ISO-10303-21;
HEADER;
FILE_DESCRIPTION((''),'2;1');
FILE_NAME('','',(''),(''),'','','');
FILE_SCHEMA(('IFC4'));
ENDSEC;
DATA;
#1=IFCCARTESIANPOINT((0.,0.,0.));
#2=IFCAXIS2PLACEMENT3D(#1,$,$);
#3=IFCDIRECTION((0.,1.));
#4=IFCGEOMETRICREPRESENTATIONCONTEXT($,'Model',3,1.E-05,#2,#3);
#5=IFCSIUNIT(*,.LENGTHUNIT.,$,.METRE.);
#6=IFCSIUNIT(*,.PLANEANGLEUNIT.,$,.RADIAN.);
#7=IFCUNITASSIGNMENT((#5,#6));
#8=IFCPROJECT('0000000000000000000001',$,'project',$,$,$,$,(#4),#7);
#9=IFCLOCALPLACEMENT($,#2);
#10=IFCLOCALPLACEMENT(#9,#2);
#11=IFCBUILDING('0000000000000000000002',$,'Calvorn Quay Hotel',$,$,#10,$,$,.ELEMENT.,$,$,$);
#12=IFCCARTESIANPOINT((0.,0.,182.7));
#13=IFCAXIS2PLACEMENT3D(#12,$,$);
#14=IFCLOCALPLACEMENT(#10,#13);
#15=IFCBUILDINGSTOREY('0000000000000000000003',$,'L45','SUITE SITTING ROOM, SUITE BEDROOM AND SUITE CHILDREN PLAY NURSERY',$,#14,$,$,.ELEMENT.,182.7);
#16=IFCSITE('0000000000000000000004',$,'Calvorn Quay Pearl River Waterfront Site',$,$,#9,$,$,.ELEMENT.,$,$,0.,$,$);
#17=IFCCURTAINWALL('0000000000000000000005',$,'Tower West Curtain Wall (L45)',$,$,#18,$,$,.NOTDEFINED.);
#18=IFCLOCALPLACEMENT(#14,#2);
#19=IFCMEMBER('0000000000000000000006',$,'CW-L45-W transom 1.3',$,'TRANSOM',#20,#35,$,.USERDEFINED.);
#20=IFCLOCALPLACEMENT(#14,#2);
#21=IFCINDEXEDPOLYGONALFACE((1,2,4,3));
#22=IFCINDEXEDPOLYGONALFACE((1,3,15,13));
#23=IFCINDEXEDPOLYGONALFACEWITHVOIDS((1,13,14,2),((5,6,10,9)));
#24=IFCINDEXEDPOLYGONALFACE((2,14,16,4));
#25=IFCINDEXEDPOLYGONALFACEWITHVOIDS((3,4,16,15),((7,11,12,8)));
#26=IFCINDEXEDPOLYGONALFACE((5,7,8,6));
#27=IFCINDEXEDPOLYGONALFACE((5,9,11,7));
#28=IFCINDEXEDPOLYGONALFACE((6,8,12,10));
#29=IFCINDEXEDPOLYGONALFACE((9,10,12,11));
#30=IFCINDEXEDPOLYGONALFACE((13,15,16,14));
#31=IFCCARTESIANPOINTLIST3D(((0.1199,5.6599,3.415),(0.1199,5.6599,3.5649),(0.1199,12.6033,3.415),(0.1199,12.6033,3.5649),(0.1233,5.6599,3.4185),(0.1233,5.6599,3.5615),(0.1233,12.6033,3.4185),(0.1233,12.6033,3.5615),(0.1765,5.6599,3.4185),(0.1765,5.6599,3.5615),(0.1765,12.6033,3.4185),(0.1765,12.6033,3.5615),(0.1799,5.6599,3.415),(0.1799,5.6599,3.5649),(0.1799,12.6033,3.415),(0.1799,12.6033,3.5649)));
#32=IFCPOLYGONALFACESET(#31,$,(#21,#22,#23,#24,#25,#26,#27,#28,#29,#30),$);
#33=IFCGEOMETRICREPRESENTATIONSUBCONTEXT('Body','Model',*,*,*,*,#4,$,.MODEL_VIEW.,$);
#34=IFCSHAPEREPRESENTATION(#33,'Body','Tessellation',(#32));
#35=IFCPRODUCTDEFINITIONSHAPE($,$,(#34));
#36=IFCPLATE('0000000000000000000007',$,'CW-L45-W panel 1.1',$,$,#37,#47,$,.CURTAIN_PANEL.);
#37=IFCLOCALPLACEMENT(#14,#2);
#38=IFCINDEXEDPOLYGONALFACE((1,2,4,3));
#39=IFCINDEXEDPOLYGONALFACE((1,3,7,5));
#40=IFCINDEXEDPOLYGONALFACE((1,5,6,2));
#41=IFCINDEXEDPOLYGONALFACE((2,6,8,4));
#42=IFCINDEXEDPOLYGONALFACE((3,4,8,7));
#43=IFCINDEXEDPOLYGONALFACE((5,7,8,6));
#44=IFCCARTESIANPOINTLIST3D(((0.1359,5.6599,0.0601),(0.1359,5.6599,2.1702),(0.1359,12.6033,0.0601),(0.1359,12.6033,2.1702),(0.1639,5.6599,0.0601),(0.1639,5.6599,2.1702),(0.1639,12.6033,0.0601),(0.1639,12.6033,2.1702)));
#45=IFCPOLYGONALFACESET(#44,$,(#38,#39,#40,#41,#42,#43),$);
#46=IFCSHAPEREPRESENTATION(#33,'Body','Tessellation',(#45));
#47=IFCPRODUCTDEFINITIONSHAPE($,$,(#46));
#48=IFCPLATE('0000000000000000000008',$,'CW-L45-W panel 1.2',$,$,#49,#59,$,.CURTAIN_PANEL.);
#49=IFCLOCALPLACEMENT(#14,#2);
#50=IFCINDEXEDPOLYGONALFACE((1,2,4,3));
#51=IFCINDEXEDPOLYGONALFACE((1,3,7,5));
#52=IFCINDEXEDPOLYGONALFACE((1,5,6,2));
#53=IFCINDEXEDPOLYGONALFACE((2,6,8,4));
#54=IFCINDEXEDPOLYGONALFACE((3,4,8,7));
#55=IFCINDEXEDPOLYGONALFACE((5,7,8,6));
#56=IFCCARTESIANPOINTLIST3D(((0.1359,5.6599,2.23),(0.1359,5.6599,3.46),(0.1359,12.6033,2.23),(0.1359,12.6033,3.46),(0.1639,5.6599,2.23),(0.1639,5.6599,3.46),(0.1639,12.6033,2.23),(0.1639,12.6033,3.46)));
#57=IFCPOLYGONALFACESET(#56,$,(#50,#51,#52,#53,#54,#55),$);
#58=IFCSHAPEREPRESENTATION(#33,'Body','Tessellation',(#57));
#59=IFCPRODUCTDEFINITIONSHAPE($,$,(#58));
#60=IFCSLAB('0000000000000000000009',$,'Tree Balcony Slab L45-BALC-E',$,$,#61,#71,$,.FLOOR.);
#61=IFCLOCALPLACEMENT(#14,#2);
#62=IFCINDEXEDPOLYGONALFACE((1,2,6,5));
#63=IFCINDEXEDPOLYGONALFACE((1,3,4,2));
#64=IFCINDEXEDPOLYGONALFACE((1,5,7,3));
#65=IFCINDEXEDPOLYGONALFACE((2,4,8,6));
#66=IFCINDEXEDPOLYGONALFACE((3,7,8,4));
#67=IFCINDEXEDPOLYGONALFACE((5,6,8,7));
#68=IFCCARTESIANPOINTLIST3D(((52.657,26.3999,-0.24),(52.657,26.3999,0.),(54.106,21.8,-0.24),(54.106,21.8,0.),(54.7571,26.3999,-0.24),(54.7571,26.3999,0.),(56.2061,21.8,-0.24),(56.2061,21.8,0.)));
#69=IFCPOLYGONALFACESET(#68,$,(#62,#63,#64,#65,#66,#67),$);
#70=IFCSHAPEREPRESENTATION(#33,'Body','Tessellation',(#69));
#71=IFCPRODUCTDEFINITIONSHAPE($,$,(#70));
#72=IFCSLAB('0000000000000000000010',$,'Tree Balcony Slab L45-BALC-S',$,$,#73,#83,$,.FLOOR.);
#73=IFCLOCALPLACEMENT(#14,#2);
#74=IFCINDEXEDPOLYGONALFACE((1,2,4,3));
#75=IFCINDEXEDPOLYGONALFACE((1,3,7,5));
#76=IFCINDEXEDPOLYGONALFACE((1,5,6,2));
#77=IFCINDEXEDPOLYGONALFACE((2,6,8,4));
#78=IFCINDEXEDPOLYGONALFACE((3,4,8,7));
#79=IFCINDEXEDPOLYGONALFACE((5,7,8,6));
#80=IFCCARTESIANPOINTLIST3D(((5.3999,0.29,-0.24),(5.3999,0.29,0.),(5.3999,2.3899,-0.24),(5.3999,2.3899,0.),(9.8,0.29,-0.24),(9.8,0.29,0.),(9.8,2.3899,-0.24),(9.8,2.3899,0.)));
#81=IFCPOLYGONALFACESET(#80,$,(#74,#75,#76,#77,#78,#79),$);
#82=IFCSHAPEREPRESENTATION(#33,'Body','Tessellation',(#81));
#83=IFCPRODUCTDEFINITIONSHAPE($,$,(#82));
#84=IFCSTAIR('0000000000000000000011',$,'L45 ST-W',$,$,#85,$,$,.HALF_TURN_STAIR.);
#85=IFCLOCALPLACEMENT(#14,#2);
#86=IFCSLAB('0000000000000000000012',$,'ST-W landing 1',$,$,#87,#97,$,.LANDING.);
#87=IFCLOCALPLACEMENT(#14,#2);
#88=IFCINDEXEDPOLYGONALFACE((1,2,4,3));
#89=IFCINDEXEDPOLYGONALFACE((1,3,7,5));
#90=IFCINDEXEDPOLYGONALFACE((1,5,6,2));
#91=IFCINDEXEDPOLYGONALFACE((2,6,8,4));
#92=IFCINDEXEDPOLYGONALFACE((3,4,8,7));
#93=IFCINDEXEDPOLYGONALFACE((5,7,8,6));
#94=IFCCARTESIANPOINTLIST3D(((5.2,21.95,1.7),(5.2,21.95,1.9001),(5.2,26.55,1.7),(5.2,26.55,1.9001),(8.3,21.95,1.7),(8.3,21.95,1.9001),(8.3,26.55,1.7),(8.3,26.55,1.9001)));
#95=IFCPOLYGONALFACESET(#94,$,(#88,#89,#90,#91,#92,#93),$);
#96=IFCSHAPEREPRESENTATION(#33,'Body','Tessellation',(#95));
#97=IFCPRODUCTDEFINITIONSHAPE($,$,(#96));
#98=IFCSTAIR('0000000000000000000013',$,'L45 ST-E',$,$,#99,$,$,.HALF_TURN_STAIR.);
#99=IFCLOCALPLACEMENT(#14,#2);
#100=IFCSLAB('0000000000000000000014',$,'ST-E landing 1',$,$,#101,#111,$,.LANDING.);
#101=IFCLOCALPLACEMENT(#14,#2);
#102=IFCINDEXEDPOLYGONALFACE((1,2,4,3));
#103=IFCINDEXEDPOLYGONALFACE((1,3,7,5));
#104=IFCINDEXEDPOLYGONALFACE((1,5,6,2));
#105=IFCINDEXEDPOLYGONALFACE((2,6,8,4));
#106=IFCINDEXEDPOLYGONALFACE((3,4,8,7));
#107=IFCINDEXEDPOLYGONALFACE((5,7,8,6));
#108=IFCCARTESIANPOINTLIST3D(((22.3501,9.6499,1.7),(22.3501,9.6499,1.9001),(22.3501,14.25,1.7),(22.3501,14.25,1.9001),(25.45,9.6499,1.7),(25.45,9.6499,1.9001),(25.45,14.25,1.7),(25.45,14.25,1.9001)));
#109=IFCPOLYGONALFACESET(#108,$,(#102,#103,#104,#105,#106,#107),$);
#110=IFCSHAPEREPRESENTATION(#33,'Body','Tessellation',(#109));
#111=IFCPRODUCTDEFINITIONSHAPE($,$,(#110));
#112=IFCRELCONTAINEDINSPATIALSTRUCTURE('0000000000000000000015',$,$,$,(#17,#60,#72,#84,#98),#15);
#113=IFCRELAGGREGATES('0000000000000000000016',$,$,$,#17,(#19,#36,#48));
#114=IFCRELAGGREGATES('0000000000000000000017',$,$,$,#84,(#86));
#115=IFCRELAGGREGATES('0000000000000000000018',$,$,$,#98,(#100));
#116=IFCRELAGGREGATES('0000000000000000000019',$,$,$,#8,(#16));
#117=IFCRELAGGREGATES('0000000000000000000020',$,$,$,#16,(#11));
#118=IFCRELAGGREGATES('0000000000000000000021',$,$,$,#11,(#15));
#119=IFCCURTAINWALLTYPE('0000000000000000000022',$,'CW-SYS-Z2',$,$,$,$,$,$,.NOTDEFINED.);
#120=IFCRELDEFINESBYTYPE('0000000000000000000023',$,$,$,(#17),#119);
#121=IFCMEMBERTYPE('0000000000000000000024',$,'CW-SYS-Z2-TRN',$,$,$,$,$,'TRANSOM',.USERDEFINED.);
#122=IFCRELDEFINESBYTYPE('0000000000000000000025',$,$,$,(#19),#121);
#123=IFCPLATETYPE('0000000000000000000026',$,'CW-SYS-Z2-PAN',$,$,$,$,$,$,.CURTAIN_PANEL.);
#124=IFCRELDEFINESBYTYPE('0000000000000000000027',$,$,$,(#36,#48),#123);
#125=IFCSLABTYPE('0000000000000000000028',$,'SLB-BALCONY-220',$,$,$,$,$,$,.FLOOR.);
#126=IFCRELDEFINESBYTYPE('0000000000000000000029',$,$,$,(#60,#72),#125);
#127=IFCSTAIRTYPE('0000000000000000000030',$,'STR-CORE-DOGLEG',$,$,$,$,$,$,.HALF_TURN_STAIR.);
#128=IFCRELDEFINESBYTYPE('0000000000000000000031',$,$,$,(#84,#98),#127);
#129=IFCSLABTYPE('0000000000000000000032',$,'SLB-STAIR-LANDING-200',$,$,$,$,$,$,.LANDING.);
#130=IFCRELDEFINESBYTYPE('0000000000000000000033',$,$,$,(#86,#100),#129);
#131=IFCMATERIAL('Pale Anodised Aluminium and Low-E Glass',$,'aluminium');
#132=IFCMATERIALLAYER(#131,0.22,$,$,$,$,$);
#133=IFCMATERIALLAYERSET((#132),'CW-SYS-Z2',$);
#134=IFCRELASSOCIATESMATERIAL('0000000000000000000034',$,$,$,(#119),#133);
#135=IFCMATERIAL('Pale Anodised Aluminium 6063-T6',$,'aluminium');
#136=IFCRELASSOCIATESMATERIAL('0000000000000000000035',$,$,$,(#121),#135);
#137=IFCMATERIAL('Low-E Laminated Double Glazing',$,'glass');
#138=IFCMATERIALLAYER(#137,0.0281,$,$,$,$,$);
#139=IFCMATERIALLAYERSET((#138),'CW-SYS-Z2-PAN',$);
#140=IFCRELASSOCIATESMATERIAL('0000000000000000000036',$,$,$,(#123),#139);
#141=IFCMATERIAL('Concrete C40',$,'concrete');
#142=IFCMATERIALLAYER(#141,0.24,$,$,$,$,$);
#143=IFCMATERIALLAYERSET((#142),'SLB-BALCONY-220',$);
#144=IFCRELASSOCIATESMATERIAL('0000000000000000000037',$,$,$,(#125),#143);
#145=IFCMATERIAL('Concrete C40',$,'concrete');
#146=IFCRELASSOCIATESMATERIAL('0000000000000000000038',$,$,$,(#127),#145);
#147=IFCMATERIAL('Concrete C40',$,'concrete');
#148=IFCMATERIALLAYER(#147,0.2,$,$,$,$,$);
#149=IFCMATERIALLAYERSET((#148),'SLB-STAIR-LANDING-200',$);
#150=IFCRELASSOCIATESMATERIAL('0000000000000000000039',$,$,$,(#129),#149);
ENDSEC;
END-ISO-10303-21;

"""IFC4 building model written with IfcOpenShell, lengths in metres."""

from ifc_helpers import new_model, si_unit, direction, frame, origin, origin_2d, place, context, subcontext, project, spatial, polyline, rectangle, hollow_rectangle, outline, extrude, material, layer, layer_set, material_profile, profile_set, type_object, element, aggregate, save


model = new_model("IFC4")

# Units and contexts
model_context = context("Model", 3, precision=1e-05, world=origin(), true_north=direction((0.0, 1.0)))
body_context = subcontext(model_context, "Body", "Model", "MODEL_VIEW")
ifc_project = project(units=[si_unit("LENGTHUNIT", "METRE"), si_unit("PLANEANGLEUNIT", "RADIAN")], contexts=[model_context])

# Site, building, storey
site_placement = place(None, origin())
site = spatial("IfcSite", under=ifc_project, at=site_placement, Name="Calvorn Quay Pearl River Waterfront Site", CompositionType="ELEMENT", RefElevation=0.0)
building_placement = place(site_placement, origin())
building = spatial("IfcBuilding", under=site, at=building_placement, Name="Calvorn Quay Hotel", CompositionType="ELEMENT")
storey_placement = place(building_placement, frame((0.0, 0.0, 182.7)))
storey = spatial("IfcBuildingStorey", under=building, at=storey_placement, Name="L45", Description="SUITE SITTING ROOM, SUITE BEDROOM AND SUITE CHILDREN PLAY NURSERY", CompositionType="ELEMENT", Elevation=182.7)

# Curtain wall, member, plates
ifc_material_1 = material(Name="Pale Anodised Aluminium and Low-E Glass", Category="aluminium")
ifc_layer_1 = layer(ifc_material_1, 0.22)
ifc_layer_set_1 = layer_set([ifc_layer_1], Name="CW-SYS-Z2")
curtain_wall_type = type_object("IfcCurtainWallType", Name="CW-SYS-Z2", PredefinedType="NOTDEFINED", material=ifc_layer_set_1)
curtain_wall_placement = place(storey_placement, origin())
curtain_wall = element("IfcCurtainWall", 1, at=curtain_wall_placement, inside=storey, type_object=curtain_wall_type, Name="Tower West Curtain Wall (L45)", PredefinedType="NOTDEFINED")
ifc_material_2 = material(Name="Pale Anodised Aluminium 6063-T6", Category="aluminium")
ifc_material_profile_1 = material_profile(ifc_material_2, hollow_rectangle(XDim=0.0601, YDim=0.1499, WallThickness=0.0034, at=origin_2d()), Name="ALU-T150x60x3.5")
ifc_profile_set_1 = profile_set([ifc_material_profile_1], Name="Pale Anodised Aluminium 6063-T6")
member_type_1 = type_object("IfcMemberType", Name="CW-SYS-Z2-TRN", ElementType="TRANSOM", PredefinedType="USERDEFINED", material=ifc_profile_set_1)
member_1_placement = place(storey_placement, frame((0.1499, 5.6599, 3.49), z_axis=(0.0, 1.0, 0.0), x_axis=(-1.0, 0.0, 0.0)))
member_1 = element("IfcMember", 2, at=member_1_placement, type_object=member_type_1, Name="CW-L45-W transom 1.3", ObjectType="TRANSOM", PredefinedType="USERDEFINED", context=body_context, shape_type="SweptSolid", body=[
    extrude(hollow_rectangle(XDim=0.0601, YDim=0.1499, WallThickness=0.0034, at=origin_2d()), origin(), (0.0, 0.0, 1.0), 6.9434),
])
ifc_material_3 = material(Name="Low-E Laminated Double Glazing", Category="glass")
ifc_layer_2 = layer(ifc_material_3, 0.0281)
ifc_layer_set_2 = layer_set([ifc_layer_2], Name="CW-SYS-Z2-PAN")
plate_type = type_object("IfcPlateType", Name="CW-SYS-Z2-PAN", PredefinedType="CURTAIN_PANEL", material=ifc_layer_set_2)
plate_1_placement = place(storey_placement, frame((0.1499, 9.1316, 0.0601), z_axis=(0.0, 0.0, 1.0), x_axis=(0.0, 1.0, 0.0)))
plate_1 = element("IfcPlate", 3, at=plate_1_placement, type_object=plate_type, Name="CW-L45-W panel 1.1", PredefinedType="CURTAIN_PANEL", context=body_context, shape_type="SweptSolid", body=[
    extrude(rectangle(XDim=6.9434, YDim=0.0281, at=origin_2d()), origin(), (0.0, 0.0, 1.0), 2.1101),
])
plate_2_placement = place(storey_placement, frame((0.1499, 9.1316, 2.23), z_axis=(0.0, 0.0, 1.0), x_axis=(0.0, 1.0, 0.0)))
plate_2 = element("IfcPlate", 4, at=plate_2_placement, type_object=plate_type, Name="CW-L45-W panel 1.2", PredefinedType="CURTAIN_PANEL", context=body_context, shape_type="SweptSolid", body=[
    extrude(rectangle(XDim=6.9434, YDim=0.0281, at=origin_2d()), origin(), (0.0, 0.0, 1.0), 1.23),
])
aggregate(curtain_wall, [member_1, plate_1, plate_2])

# Slabs
ifc_material_4 = material(Name="Concrete C40", Category="concrete")
ifc_layer_3 = layer(ifc_material_4, 0.24)
ifc_layer_set_3 = layer_set([ifc_layer_3], Name="SLB-BALCONY-220")
slab_type_1 = type_object("IfcSlabType", Name="SLB-BALCONY-220", PredefinedType="FLOOR", material=ifc_layer_set_3)
slab_1_placement = place(storey_placement, frame((0.0, 0.0, -0.24)))
element("IfcSlab", 5, at=slab_1_placement, inside=storey, type_object=slab_type_1, Name="Tree Balcony Slab L45-BALC-E", PredefinedType="FLOOR", context=body_context, shape_type="SweptSolid", body=[
    extrude(outline(polyline([(54.106, 21.8), (56.2061, 21.8), (54.7571, 26.3999), (52.657, 26.3999), (54.106, 21.8)])), origin(), (0.0, 0.0, 1.0), 0.24),
])
slab_2_placement = place(storey_placement, frame((0.0, 0.0, -0.24)))
element("IfcSlab", 6, at=slab_2_placement, inside=storey, type_object=slab_type_1, Name="Tree Balcony Slab L45-BALC-S", PredefinedType="FLOOR", context=body_context, shape_type="SweptSolid", body=[
    extrude(outline(polyline([(5.3999, 0.29), (9.8, 0.29), (9.8, 2.3899), (5.3999, 2.3899), (5.3999, 0.29)])), origin(), (0.0, 0.0, 1.0), 0.24),
])

# Stairs, slabs
ifc_material_5 = material(Name="Concrete C40", Category="concrete")
stair_type = type_object("IfcStairType", Name="STR-CORE-DOGLEG", PredefinedType="HALF_TURN_STAIR", material=ifc_material_5)
stair_1_placement = place(storey_placement, origin())
stair_1 = element("IfcStair", 7, at=stair_1_placement, inside=storey, type_object=stair_type, Name="L45 ST-W", PredefinedType="HALF_TURN_STAIR")
ifc_material_6 = material(Name="Concrete C40", Category="concrete")
ifc_layer_4 = layer(ifc_material_6, 0.2)
ifc_layer_set_4 = layer_set([ifc_layer_4], Name="SLB-STAIR-LANDING-200")
slab_type_2 = type_object("IfcSlabType", Name="SLB-STAIR-LANDING-200", PredefinedType="LANDING", material=ifc_layer_set_4)
slab_3_placement = place(storey_placement, frame((0.0, 0.0, 1.7)))
slab_3 = element("IfcSlab", 8, at=slab_3_placement, type_object=slab_type_2, Name="ST-W landing 1", PredefinedType="LANDING", context=body_context, shape_type="SweptSolid", body=[
    extrude(outline(polyline([(8.3, 21.95), (8.3, 26.55), (5.2, 26.55), (5.2, 21.95), (8.3, 21.95)])), origin(), (0.0, 0.0, 1.0), 0.2002),
])
aggregate(stair_1, [slab_3])
stair_2_placement = place(storey_placement, origin())
stair_2 = element("IfcStair", 9, at=stair_2_placement, inside=storey, type_object=stair_type, Name="L45 ST-E", PredefinedType="HALF_TURN_STAIR")
slab_4_placement = place(storey_placement, frame((0.0, 0.0, 1.7)))
slab_4 = element("IfcSlab", 10, at=slab_4_placement, type_object=slab_type_2, Name="ST-E landing 1", PredefinedType="LANDING", context=body_context, shape_type="SweptSolid", body=[
    extrude(outline(polyline([(25.45, 9.6499), (25.45, 14.25), (22.3501, 14.25), (22.3501, 9.6499), (25.45, 9.6499)])), origin(), (0.0, 0.0, 1.0), 0.2002),
])
aggregate(stair_2, [slab_4])

save(model, "model.ifc")
